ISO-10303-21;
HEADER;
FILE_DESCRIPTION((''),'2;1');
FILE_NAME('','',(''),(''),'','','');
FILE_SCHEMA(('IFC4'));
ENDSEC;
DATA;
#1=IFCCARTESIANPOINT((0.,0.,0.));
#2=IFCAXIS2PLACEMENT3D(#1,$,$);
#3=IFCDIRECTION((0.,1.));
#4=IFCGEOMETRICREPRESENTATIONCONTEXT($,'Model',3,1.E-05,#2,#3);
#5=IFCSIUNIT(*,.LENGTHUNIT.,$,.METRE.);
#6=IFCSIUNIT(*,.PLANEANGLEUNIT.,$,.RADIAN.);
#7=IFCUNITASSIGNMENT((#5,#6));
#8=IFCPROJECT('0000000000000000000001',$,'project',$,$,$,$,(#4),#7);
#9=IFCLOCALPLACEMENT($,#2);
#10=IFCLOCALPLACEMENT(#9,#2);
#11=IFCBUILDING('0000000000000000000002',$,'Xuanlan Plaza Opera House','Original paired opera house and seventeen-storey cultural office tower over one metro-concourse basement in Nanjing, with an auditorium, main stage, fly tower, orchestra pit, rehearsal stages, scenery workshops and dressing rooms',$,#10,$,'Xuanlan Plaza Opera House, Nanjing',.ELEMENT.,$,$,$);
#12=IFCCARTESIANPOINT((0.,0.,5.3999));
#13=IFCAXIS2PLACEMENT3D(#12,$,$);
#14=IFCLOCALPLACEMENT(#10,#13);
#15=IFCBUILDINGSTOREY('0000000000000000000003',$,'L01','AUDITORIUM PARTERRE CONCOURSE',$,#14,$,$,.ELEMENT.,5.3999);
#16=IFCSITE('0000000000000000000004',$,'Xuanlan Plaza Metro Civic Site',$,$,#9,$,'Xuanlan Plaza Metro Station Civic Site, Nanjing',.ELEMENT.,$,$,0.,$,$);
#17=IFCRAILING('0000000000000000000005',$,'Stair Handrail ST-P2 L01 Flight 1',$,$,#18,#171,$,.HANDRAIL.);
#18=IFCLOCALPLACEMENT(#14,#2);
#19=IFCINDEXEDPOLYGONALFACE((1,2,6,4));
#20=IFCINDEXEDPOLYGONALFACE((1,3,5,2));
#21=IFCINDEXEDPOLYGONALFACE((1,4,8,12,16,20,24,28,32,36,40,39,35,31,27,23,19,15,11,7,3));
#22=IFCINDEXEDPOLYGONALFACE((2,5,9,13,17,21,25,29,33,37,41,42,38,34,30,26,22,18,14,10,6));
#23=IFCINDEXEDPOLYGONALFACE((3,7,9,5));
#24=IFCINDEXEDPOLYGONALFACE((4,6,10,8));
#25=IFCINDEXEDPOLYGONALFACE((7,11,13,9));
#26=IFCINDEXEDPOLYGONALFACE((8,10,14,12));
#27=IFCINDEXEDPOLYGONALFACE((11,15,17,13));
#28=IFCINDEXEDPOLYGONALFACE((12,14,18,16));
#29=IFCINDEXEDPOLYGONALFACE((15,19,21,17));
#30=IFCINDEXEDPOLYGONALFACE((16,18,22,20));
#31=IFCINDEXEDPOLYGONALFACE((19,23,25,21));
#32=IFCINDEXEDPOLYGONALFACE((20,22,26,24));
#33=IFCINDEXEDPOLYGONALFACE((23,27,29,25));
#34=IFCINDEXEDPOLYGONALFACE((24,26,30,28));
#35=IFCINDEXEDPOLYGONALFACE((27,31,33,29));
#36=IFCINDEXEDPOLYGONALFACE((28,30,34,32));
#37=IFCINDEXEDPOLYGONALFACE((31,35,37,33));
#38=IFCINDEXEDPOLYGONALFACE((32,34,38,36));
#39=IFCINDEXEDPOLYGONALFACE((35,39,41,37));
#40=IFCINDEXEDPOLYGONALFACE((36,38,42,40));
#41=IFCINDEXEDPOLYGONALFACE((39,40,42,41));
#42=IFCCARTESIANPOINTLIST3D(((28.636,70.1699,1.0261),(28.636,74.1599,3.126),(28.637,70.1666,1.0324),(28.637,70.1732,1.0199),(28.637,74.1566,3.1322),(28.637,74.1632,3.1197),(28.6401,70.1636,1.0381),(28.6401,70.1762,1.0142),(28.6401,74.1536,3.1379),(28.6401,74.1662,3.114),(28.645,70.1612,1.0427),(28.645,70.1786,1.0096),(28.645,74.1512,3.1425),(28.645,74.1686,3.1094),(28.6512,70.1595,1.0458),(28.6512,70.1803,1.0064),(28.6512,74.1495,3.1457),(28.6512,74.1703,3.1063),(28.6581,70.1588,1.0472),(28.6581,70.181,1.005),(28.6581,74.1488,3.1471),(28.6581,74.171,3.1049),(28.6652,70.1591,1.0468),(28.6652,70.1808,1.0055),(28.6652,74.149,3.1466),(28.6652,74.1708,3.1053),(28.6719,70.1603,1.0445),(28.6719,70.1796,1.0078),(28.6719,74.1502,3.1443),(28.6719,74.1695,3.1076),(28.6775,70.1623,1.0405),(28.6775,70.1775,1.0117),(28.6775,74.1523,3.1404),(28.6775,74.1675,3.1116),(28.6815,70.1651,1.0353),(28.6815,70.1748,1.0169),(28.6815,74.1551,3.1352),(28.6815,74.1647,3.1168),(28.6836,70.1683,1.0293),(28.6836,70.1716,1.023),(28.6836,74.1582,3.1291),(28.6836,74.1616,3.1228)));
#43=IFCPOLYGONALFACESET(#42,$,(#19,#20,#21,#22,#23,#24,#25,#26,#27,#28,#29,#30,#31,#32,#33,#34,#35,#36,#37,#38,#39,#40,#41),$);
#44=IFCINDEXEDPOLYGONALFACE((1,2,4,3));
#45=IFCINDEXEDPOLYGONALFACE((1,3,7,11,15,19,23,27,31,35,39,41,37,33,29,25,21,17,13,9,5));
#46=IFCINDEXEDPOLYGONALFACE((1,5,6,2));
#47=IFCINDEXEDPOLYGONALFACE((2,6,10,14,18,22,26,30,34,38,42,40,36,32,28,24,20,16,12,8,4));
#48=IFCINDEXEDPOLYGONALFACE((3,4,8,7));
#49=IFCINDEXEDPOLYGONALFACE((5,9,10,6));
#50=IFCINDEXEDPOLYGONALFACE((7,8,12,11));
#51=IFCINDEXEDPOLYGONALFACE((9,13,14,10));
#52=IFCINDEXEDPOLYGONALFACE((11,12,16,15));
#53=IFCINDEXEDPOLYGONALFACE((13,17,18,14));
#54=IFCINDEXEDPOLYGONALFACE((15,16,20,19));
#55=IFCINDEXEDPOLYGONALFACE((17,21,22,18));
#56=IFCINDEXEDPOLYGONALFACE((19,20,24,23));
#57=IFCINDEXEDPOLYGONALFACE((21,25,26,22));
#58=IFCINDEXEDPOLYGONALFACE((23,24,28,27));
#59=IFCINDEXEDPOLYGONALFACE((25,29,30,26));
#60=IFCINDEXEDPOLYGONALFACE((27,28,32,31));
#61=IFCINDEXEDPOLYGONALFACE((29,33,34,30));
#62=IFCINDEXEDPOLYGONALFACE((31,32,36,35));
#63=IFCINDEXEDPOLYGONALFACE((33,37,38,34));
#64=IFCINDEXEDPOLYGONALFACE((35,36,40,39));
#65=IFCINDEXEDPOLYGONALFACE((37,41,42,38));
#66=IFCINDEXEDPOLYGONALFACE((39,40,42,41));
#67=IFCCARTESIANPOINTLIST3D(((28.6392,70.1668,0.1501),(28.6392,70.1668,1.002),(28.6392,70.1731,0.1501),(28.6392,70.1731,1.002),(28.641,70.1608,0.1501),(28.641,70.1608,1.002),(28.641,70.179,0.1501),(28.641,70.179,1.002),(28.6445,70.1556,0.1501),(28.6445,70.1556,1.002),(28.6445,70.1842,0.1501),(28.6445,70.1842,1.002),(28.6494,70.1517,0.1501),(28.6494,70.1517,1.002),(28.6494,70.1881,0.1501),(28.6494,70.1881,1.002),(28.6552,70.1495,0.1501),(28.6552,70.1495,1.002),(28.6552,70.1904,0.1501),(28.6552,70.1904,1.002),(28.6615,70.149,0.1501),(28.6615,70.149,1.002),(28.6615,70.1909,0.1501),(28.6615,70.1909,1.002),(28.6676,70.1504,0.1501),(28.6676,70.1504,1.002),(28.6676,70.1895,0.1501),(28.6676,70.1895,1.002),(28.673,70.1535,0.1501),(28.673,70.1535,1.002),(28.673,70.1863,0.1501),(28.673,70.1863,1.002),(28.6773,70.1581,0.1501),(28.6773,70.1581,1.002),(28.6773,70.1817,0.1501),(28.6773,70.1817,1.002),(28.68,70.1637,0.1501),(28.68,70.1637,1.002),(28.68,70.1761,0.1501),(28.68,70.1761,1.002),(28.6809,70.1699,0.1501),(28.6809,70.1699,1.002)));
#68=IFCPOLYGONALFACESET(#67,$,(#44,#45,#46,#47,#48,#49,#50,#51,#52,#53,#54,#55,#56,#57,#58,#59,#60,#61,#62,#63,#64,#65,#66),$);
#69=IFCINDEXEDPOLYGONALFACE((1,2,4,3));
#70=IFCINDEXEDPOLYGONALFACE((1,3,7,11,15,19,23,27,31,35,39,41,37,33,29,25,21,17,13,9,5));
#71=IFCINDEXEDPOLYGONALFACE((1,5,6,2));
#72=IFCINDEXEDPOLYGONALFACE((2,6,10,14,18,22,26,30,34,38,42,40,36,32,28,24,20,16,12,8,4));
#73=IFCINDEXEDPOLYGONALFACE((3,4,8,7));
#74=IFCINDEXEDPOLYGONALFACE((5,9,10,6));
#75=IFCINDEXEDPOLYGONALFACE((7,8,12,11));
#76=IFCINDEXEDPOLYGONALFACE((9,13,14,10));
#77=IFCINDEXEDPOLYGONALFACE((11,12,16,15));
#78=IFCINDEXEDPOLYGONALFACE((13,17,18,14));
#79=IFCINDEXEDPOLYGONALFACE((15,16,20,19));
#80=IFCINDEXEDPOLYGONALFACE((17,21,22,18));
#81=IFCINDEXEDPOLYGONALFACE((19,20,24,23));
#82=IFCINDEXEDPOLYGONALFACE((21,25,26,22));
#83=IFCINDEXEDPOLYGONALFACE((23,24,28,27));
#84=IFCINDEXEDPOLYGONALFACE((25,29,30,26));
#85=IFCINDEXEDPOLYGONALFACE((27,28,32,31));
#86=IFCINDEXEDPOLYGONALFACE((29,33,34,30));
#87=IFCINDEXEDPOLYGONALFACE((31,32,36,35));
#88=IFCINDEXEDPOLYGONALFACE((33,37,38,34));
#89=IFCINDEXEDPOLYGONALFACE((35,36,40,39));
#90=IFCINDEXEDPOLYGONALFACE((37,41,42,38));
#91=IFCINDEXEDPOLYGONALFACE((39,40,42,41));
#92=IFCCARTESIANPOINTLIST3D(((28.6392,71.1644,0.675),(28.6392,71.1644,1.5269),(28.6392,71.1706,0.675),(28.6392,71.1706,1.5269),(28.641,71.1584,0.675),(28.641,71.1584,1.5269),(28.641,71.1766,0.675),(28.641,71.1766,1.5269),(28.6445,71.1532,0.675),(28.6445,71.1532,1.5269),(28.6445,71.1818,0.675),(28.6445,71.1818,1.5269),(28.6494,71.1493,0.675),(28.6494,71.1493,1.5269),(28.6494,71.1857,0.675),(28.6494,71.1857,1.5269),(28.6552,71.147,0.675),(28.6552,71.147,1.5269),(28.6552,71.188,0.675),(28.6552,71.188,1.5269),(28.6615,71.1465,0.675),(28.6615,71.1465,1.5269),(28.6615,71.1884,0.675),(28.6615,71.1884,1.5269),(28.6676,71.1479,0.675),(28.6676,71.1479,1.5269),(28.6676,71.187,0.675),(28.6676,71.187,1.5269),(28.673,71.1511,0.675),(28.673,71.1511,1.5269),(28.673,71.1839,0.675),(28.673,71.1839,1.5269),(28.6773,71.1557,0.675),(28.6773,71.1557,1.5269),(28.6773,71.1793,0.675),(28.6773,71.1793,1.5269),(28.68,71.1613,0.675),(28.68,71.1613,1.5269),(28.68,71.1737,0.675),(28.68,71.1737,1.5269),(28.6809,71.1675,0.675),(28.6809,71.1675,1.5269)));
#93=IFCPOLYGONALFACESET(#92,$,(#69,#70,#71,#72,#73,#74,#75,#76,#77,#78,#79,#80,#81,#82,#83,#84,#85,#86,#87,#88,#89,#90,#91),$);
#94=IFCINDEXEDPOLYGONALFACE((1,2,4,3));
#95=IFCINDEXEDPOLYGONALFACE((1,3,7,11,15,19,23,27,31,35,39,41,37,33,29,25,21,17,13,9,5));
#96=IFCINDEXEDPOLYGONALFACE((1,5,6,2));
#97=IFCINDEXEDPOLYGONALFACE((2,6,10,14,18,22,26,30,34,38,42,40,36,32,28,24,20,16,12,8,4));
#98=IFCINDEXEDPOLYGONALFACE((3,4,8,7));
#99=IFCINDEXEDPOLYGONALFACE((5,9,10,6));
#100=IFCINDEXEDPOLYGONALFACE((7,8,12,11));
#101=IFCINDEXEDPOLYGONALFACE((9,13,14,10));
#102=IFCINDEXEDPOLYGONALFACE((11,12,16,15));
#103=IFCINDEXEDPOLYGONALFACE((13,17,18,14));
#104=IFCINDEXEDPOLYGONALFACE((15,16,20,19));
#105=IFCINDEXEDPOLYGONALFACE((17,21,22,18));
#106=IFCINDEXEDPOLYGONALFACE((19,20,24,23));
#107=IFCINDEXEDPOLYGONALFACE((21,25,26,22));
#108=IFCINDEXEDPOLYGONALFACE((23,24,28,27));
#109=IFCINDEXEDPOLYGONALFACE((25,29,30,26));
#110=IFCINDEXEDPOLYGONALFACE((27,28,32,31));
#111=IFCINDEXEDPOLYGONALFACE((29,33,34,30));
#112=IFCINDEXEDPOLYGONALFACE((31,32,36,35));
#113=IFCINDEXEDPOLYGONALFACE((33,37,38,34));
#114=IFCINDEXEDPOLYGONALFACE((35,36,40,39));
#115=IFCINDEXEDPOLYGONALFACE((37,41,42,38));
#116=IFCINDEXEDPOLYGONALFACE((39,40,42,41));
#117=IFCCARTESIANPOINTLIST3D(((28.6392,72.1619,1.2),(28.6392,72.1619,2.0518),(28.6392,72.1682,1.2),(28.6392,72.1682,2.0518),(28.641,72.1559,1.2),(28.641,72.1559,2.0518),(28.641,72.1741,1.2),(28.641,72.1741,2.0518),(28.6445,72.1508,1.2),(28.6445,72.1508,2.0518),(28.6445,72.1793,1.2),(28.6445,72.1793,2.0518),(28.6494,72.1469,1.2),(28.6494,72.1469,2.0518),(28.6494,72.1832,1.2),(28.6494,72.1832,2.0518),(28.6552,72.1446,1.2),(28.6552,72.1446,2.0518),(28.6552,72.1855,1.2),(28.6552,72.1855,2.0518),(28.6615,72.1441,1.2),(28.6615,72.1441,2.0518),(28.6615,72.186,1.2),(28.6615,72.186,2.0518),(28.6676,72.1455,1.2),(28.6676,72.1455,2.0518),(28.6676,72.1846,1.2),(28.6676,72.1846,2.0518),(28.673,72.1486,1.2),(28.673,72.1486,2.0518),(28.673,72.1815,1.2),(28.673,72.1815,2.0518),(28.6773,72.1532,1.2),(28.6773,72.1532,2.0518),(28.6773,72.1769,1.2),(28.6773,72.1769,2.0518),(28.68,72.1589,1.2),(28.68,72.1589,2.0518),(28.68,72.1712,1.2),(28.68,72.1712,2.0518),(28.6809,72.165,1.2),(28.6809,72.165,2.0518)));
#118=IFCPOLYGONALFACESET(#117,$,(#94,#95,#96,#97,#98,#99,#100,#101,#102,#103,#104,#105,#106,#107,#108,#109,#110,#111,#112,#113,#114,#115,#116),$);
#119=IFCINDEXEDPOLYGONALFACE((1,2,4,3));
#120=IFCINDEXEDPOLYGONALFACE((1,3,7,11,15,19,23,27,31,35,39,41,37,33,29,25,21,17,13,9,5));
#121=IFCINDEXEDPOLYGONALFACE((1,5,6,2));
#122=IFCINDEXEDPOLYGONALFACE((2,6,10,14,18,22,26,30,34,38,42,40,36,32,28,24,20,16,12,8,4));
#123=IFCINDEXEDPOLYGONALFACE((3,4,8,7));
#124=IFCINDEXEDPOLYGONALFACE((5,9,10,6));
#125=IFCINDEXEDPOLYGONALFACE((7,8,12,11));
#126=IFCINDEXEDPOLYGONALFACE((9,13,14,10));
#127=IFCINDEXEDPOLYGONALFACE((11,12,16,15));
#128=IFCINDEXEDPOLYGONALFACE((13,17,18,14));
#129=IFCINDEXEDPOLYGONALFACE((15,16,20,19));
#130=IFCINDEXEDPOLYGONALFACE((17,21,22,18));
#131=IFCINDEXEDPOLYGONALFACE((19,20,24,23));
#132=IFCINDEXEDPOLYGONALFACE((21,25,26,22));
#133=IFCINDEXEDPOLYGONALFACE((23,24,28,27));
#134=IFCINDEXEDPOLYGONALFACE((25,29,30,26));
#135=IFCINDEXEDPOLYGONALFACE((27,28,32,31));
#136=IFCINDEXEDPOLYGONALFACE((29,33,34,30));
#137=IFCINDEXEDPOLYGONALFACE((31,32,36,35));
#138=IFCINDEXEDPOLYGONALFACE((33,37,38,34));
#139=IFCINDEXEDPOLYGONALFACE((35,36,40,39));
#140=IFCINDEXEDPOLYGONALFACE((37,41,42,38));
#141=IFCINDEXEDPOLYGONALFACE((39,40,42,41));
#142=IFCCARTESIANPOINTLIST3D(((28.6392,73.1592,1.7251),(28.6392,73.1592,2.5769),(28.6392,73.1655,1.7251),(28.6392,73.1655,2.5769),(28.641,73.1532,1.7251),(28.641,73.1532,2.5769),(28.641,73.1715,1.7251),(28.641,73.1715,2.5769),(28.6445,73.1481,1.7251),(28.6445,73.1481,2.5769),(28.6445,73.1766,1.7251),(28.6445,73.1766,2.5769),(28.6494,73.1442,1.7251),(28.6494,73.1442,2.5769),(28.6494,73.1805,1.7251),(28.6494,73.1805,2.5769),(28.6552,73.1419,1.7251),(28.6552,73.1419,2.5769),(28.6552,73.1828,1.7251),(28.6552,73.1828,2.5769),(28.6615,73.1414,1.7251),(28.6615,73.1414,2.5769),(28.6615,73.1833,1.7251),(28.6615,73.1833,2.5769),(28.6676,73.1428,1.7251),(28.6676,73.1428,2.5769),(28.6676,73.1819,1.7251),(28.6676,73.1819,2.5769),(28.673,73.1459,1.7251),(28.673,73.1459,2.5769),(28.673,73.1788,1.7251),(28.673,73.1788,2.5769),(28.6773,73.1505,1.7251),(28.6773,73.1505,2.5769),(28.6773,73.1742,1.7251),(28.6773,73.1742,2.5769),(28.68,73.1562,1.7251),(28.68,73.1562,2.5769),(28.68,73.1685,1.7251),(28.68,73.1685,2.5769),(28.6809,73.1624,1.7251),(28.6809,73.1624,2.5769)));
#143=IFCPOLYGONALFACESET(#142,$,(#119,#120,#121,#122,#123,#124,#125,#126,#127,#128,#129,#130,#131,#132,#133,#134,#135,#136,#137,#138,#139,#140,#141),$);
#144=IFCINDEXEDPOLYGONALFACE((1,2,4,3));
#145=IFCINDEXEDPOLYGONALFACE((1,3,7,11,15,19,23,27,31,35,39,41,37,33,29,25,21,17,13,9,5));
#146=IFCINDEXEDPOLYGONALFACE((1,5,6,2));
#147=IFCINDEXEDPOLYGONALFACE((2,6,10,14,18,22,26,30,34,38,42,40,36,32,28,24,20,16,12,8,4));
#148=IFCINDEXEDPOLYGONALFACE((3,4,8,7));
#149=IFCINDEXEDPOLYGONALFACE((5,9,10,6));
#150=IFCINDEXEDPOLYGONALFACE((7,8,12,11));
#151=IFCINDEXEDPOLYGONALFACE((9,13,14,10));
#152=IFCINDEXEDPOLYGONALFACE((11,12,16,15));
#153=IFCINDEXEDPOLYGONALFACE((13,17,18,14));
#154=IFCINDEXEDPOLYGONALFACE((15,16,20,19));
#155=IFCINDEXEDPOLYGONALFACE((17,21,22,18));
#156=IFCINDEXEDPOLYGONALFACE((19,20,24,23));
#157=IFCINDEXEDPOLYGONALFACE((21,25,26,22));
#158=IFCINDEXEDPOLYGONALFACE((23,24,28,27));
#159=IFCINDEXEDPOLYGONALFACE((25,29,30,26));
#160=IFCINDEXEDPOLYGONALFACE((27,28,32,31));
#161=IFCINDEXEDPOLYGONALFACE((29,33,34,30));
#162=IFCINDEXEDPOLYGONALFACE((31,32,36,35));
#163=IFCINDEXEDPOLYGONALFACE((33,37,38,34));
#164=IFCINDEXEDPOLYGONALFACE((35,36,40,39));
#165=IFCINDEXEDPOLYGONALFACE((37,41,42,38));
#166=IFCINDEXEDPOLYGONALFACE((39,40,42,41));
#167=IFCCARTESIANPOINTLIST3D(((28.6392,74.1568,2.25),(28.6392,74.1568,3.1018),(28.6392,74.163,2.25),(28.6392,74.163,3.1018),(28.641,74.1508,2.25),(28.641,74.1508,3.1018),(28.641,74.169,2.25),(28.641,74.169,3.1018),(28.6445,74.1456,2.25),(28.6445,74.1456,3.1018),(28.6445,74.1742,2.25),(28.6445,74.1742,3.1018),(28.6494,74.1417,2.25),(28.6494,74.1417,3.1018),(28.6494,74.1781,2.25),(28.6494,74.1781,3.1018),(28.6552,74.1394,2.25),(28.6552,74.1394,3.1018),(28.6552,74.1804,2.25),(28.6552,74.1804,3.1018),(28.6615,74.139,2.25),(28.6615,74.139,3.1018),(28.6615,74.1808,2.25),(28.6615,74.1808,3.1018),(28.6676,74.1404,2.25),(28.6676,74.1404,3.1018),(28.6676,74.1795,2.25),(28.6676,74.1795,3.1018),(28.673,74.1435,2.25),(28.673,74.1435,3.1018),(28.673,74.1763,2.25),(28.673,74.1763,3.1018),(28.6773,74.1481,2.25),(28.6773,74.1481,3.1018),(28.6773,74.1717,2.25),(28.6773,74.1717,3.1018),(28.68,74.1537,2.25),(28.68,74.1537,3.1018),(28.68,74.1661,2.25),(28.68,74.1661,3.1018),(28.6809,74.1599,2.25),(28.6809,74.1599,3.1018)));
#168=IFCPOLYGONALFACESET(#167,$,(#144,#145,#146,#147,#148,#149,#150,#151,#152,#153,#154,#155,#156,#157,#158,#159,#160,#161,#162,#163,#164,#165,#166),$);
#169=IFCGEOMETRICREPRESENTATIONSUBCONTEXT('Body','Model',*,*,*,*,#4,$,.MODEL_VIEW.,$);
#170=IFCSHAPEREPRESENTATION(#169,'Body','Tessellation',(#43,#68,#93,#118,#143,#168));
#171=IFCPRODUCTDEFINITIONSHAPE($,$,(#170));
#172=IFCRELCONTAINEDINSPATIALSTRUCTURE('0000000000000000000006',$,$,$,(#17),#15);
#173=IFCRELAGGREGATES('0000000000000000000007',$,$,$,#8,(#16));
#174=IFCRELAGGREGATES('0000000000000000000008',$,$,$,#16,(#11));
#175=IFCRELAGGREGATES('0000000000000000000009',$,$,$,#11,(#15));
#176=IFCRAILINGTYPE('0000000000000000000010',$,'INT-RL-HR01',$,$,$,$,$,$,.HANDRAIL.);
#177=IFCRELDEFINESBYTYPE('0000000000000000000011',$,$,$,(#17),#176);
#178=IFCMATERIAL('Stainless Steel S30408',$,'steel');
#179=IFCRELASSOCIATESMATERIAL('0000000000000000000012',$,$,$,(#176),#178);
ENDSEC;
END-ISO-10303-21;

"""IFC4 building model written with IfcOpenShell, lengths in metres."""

from ifc_helpers import new_model, si_unit, direction, frame, origin, origin_2d, place, context, subcontext, project, spatial, circle, extrude, material, type_object, element, save


model = new_model("IFC4")

# Units and contexts
model_context = context("Model", 3, precision=1e-05, world=origin(), true_north=direction((0.0, 1.0)))
body_context = subcontext(model_context, "Body", "Model", "MODEL_VIEW")
ifc_project = project(units=[si_unit("LENGTHUNIT", "METRE"), si_unit("PLANEANGLEUNIT", "RADIAN")], contexts=[model_context])

# Site, building, storey
site_placement = place(None, origin())
site = spatial("IfcSite", under=ifc_project, at=site_placement, Name="Xuanlan Plaza Metro Civic Site", LongName="Xuanlan Plaza Metro Station Civic Site, Nanjing", CompositionType="ELEMENT", RefElevation=0.0)
building_placement = place(site_placement, origin())
building = spatial("IfcBuilding", under=site, at=building_placement, Name="Xuanlan Plaza Opera House", Description="Original paired opera house and seventeen-storey cultural office tower over one metro-concourse basement in Nanjing, with an auditorium, main stage, fly tower, orchestra pit, rehearsal stages, scenery workshops and dressing rooms", LongName="Xuanlan Plaza Opera House, Nanjing", CompositionType="ELEMENT")
storey_placement = place(building_placement, frame((0.0, 0.0, 5.3999)))
storey = spatial("IfcBuildingStorey", under=building, at=storey_placement, Name="L01", Description="AUDITORIUM PARTERRE CONCOURSE", CompositionType="ELEMENT", Elevation=5.3999)

# Railing
ifc_material_1 = material(Name="Stainless Steel S30408", Category="steel")
railing_type = type_object("IfcRailingType", Name="INT-RL-HR01", PredefinedType="HANDRAIL", material=ifc_material_1)
for number, where, name in (
    (1, (28.6599, 70.1699, 0.1501), "Stair Handrail ST-P2 L01 Flight 1"),
):
    element("IfcRailing", number, at=place(storey_placement, frame(where)), inside=storey, type_object=railing_type, Name=name, PredefinedType="HANDRAIL", context=body_context, shape_type="SweptSolid", body=[
        extrude(circle(Radius=0.0239, at=origin_2d()), frame((0.0, 0.0, 0.876), z_axis=(0.0, 0.884931, 0.465722), x_axis=(-1.0, 0.0, 0.0)), (0.0, 0.0, 1.0), 4.5088),
        extrude(circle(Radius=0.021, at=origin_2d()), origin(), (0.0, 0.0, 1.0), 0.8518),
        extrude(circle(Radius=0.021, at=origin_2d()), frame((0.0, 0.9976, 0.5249)), (0.0, 0.0, 1.0), 0.8518),
        extrude(circle(Radius=0.021, at=origin_2d()), frame((0.0, 1.9951, 1.0498)), (0.0, 0.0, 1.0), 0.8518),
        extrude(circle(Radius=0.021, at=origin_2d()), frame((0.0, 2.9924, 1.575)), (0.0, 0.0, 1.0), 0.8518),
        extrude(circle(Radius=0.021, at=origin_2d()), frame((0.0, 3.99, 2.0999)), (0.0, 0.0, 1.0), 0.8518),
    ])

save(model, "model.ifc")
